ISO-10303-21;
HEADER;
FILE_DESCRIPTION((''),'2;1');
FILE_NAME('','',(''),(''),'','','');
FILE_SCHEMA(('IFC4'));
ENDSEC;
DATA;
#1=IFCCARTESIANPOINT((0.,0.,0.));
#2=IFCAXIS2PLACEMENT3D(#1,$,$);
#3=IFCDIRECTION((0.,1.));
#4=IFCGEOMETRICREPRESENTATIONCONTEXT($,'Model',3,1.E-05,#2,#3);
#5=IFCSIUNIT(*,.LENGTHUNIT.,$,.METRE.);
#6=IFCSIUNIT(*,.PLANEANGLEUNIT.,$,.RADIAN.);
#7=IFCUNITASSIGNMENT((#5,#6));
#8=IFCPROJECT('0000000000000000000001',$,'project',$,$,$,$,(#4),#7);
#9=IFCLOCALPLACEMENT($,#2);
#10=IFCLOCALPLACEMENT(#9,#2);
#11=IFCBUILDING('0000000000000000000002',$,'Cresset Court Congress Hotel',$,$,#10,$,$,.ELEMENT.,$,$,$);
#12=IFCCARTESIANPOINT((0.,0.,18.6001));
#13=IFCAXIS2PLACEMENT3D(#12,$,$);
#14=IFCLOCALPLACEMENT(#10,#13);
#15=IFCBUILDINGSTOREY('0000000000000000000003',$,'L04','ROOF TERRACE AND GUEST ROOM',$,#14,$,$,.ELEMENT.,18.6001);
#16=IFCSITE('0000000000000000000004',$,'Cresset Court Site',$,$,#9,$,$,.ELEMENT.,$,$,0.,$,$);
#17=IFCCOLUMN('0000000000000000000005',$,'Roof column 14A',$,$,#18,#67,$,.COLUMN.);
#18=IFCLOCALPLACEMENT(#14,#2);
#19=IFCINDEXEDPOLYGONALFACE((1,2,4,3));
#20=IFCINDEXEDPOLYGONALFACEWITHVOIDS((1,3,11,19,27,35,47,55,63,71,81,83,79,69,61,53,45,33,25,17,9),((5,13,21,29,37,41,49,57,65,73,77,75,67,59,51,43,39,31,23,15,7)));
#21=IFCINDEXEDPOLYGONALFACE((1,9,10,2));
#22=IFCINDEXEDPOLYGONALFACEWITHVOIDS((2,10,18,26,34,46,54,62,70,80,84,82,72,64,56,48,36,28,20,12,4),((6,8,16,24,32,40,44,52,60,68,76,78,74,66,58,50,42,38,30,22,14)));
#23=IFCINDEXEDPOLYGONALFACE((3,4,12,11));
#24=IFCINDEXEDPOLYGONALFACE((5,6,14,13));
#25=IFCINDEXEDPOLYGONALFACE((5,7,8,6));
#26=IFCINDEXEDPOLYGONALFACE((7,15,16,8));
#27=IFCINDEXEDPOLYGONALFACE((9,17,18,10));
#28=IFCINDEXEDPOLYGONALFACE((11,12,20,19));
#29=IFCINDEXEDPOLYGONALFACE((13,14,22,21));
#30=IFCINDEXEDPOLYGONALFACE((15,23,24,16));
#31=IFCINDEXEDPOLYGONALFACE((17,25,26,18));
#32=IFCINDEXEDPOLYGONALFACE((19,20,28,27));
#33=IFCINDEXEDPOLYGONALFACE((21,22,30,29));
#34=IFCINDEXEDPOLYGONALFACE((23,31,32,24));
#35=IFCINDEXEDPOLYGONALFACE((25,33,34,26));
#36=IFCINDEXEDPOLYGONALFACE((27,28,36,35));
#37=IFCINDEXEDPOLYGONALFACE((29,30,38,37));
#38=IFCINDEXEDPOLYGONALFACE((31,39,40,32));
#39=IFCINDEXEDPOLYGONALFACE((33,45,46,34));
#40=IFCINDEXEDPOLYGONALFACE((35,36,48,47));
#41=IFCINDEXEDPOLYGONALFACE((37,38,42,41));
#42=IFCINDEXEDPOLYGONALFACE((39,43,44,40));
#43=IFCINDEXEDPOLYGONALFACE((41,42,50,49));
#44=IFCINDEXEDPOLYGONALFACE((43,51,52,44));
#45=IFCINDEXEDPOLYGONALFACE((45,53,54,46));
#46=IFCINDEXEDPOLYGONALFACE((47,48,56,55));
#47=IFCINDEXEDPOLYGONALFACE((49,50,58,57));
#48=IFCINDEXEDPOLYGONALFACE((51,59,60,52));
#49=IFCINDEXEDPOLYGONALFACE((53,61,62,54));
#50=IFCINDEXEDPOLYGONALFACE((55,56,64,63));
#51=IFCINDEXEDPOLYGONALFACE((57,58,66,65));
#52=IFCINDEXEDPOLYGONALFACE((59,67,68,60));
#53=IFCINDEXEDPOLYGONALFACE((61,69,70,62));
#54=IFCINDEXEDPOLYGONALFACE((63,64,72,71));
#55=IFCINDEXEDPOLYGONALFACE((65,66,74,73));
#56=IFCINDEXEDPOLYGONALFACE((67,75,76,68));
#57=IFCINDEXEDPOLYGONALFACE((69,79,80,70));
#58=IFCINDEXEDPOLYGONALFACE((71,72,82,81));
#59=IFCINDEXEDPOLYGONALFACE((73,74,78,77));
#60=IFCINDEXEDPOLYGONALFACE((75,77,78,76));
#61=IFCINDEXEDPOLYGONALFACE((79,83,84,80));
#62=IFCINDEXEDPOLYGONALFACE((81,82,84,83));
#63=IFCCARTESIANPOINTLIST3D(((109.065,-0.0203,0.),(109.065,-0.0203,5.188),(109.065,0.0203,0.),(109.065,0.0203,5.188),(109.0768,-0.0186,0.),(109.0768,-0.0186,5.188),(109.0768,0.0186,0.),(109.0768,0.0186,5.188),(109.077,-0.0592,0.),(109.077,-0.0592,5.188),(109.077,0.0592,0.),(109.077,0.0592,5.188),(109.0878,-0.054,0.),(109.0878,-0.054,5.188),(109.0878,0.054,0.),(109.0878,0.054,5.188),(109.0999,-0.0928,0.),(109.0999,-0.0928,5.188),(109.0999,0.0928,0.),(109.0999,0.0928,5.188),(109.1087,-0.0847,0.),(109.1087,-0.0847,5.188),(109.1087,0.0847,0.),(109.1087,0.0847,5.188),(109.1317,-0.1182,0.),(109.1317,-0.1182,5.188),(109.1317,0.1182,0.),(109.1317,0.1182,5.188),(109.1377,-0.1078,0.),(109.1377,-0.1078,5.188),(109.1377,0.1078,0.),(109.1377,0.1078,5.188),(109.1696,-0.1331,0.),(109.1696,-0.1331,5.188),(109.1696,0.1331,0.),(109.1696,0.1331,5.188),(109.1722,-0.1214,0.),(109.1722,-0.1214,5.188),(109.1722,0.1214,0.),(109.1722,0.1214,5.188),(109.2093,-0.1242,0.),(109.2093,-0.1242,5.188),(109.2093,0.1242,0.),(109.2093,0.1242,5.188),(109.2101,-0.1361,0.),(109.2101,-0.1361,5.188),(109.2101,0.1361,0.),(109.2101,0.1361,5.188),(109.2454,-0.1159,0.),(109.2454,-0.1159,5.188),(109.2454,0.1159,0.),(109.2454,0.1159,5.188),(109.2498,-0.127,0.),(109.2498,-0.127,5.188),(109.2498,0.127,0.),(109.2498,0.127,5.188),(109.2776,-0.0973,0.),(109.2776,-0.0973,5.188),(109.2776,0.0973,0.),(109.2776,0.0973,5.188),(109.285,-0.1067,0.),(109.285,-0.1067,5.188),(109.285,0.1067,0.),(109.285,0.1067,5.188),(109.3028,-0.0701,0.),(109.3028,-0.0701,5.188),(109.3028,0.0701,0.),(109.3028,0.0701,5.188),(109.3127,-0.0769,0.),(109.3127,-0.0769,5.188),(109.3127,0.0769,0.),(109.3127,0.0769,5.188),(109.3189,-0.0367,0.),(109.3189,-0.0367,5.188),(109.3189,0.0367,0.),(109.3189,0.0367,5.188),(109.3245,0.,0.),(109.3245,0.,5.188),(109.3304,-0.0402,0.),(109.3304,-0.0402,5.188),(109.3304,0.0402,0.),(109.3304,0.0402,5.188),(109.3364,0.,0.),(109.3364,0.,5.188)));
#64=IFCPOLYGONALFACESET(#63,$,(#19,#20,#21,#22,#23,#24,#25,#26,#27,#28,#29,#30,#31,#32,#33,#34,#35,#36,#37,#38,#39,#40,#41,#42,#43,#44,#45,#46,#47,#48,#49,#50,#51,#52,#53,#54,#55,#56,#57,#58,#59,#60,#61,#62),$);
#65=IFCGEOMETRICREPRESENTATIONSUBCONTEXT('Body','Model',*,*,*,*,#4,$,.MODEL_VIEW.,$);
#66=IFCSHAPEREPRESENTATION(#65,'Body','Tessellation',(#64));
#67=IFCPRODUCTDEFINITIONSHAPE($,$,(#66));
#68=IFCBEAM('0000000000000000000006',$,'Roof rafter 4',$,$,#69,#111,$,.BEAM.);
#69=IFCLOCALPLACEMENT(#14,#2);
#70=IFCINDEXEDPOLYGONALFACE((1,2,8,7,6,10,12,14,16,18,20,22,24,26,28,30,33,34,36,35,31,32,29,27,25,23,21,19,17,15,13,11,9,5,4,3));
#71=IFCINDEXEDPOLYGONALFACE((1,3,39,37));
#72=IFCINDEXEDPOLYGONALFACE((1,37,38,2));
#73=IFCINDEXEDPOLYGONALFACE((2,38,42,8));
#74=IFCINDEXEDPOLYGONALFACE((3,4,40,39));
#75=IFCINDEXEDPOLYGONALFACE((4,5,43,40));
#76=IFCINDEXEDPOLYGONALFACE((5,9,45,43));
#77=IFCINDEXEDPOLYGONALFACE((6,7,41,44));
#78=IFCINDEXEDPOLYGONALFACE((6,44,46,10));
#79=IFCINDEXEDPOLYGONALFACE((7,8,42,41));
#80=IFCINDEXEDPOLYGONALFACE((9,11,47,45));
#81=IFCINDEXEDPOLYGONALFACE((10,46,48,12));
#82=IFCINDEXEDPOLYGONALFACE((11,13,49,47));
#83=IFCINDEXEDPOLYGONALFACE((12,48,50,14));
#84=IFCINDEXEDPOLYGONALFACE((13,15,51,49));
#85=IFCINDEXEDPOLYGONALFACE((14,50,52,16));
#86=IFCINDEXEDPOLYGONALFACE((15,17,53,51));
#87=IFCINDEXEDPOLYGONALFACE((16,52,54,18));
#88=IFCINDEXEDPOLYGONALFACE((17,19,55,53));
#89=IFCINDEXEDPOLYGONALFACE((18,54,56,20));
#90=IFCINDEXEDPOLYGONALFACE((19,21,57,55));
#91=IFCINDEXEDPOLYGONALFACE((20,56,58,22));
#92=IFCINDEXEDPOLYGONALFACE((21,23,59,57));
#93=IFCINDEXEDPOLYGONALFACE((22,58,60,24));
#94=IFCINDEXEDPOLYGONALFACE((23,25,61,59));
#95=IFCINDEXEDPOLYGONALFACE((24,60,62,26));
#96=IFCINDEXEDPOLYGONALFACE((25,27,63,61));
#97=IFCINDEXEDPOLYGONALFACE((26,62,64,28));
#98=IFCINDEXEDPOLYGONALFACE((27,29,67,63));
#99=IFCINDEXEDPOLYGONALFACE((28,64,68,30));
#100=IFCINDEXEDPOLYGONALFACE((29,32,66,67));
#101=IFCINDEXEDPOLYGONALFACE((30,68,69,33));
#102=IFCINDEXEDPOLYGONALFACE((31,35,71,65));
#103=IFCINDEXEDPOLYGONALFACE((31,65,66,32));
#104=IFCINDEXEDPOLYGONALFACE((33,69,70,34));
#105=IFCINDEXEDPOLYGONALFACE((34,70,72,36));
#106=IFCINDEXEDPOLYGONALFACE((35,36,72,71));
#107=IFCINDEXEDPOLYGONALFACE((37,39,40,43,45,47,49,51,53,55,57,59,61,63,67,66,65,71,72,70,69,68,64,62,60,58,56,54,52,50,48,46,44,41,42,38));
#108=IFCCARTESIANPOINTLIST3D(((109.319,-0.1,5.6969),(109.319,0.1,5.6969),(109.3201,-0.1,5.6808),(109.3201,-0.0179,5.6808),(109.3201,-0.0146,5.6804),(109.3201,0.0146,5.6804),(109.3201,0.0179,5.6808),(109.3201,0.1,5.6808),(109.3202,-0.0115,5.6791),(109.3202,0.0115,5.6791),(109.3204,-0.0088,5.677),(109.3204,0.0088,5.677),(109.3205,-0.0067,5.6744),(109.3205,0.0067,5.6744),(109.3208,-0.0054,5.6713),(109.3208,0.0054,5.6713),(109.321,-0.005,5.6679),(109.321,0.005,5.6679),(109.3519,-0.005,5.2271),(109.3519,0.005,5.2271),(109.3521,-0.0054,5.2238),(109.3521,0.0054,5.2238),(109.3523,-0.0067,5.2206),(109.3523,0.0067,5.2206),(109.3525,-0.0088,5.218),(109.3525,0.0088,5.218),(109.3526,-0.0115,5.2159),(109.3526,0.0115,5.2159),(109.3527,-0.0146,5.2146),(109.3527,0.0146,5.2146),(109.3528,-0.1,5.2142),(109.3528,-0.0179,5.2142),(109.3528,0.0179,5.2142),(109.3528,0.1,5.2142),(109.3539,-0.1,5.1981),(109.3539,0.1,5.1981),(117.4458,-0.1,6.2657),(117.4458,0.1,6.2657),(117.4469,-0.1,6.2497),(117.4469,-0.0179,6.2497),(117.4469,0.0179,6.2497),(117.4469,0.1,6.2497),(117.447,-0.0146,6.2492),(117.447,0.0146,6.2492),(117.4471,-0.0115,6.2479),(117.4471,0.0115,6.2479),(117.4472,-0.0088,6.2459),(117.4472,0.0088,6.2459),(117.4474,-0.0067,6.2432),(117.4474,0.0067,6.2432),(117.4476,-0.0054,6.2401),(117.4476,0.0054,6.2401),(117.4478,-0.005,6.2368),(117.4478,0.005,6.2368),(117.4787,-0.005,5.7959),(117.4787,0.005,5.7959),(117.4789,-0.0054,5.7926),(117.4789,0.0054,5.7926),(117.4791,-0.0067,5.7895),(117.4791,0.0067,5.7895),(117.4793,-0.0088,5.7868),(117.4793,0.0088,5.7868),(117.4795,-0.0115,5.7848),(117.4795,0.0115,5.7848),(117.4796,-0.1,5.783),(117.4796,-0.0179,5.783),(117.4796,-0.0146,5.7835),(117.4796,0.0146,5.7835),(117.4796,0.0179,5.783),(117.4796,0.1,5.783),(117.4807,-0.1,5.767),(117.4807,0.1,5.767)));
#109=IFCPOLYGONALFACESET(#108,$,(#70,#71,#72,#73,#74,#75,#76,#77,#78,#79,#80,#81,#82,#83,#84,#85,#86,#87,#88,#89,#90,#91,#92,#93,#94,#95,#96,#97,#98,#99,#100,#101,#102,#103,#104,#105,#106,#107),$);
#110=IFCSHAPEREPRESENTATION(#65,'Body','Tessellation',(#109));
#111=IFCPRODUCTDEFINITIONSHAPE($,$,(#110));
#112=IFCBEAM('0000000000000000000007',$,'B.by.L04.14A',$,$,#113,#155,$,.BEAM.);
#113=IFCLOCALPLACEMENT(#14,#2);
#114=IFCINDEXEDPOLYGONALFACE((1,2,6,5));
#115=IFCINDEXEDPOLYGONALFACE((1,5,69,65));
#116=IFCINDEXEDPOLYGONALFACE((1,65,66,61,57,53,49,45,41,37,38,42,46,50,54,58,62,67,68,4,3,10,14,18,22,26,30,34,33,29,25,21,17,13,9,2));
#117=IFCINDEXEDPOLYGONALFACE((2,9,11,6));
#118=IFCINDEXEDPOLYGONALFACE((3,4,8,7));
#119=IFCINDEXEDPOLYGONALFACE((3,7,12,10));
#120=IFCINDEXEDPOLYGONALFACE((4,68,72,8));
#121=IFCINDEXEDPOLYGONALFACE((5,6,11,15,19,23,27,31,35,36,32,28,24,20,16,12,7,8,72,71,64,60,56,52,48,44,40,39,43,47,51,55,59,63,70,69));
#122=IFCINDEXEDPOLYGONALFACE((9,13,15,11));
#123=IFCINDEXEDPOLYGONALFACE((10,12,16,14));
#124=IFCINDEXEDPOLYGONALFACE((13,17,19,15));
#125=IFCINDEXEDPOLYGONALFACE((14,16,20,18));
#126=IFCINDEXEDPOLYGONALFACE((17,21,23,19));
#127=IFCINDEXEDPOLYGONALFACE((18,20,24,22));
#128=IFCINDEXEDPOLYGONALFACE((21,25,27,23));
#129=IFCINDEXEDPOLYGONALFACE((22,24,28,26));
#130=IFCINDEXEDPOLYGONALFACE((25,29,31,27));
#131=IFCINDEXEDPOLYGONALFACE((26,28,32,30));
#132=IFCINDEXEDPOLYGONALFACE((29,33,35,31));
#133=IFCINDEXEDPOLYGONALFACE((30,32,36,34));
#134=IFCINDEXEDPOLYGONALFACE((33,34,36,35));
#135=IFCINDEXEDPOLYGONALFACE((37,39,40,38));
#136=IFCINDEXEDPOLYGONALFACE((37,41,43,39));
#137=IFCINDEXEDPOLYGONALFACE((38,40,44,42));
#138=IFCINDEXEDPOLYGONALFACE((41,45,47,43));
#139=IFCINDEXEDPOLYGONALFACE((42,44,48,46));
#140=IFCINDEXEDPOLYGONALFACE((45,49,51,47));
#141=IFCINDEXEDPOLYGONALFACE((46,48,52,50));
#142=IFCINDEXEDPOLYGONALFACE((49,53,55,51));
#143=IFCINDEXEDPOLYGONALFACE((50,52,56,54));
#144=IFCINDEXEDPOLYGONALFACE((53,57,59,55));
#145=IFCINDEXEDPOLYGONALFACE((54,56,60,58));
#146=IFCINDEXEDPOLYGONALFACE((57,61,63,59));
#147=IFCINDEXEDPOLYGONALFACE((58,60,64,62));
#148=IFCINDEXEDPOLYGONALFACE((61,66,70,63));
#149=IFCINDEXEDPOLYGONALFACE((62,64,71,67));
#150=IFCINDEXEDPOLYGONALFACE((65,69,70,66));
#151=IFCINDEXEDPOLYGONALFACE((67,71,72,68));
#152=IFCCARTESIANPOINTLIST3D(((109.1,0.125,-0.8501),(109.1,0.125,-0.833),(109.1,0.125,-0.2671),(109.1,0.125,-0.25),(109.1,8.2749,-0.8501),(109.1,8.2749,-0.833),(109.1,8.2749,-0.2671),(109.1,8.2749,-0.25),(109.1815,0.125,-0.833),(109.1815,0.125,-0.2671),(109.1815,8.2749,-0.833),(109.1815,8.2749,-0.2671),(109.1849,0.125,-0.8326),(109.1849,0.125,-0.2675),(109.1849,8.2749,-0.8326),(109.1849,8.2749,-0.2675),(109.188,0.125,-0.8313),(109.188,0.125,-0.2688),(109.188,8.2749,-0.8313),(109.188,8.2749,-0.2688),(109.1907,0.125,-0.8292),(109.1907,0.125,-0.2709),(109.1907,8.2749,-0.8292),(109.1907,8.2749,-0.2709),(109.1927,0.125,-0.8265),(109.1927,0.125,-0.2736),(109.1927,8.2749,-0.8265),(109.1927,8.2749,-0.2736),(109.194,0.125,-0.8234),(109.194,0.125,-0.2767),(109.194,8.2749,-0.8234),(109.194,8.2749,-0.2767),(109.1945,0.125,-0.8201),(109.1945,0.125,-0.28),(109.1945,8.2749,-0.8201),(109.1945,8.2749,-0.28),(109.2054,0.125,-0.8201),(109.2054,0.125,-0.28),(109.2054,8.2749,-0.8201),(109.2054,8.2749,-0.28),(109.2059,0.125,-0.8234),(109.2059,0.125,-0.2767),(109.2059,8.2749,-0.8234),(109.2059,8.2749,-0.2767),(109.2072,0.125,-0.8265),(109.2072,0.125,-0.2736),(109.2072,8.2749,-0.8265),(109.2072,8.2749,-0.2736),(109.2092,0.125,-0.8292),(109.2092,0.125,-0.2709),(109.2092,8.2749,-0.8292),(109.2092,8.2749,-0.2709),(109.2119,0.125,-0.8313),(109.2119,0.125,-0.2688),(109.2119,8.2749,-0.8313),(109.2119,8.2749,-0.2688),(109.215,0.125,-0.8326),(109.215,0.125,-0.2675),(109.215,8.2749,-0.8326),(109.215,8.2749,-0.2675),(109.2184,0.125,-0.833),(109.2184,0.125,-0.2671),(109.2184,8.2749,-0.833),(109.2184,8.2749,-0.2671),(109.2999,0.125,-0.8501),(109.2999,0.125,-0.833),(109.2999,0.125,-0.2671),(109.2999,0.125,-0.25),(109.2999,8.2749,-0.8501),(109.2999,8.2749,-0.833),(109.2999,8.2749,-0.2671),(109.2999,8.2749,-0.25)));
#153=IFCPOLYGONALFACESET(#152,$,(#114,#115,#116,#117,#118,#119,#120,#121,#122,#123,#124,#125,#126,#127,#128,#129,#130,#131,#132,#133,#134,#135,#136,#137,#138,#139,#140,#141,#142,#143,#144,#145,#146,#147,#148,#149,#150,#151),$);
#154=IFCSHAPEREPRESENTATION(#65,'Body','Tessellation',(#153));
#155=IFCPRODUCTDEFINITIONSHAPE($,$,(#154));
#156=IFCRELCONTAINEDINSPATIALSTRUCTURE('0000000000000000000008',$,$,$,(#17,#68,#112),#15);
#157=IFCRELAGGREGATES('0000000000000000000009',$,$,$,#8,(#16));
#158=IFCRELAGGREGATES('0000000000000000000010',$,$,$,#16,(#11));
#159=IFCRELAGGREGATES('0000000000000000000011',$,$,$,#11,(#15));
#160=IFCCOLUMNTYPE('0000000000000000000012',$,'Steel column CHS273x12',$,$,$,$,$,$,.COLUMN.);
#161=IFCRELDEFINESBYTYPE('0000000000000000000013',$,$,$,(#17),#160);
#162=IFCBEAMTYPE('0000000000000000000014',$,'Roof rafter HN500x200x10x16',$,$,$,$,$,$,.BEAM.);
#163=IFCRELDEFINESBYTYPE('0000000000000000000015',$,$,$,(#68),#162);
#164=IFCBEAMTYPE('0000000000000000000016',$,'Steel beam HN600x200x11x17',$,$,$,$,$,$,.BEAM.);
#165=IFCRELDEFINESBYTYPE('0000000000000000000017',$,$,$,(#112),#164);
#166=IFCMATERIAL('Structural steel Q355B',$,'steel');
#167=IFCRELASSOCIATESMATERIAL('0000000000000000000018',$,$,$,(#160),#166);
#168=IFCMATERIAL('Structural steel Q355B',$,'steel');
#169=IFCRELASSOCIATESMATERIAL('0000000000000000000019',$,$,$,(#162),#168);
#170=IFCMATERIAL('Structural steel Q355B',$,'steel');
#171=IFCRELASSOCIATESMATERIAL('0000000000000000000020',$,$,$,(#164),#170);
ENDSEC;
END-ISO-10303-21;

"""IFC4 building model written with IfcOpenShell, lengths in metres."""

from ifc_helpers import new_model, si_unit, direction, frame, origin, origin_2d, place, context, subcontext, project, spatial, hollow_circle, i_section, extrude, material, material_profile, profile_set, type_object, element, save


model = new_model("IFC4")

# Units and contexts
model_context = context("Model", 3, precision=1e-05, world=origin(), true_north=direction((0.0, 1.0)))
body_context = subcontext(model_context, "Body", "Model", "MODEL_VIEW")
ifc_project = project(units=[si_unit("LENGTHUNIT", "METRE"), si_unit("PLANEANGLEUNIT", "RADIAN")], contexts=[model_context])

# Site, building, storey
site_placement = place(None, origin())
site = spatial("IfcSite", under=ifc_project, at=site_placement, Name="Cresset Court Site", CompositionType="ELEMENT", RefElevation=0.0)
building_placement = place(site_placement, origin())
building = spatial("IfcBuilding", under=site, at=building_placement, Name="Cresset Court Congress Hotel", CompositionType="ELEMENT")
storey_placement = place(building_placement, frame((0.0, 0.0, 18.6001)))
storey = spatial("IfcBuildingStorey", under=building, at=storey_placement, Name="L04", Description="ROOF TERRACE AND GUEST ROOM", CompositionType="ELEMENT", Elevation=18.6001)

# Column
ifc_material_1 = material(Name="Structural steel Q355B", Category="steel")
ifc_material_profile_1 = material_profile(ifc_material_1, hollow_circle(Radius=0.1365, WallThickness=0.012, at=origin_2d()), Name="CHS273x12")
ifc_profile_set_1 = profile_set([ifc_material_profile_1], Name="Structural steel Q355B")
column_type = type_object("IfcColumnType", Name="Steel column CHS273x12", PredefinedType="COLUMN", material=ifc_profile_set_1)
column_placement = place(storey_placement, frame((109.2, 0.0, 0.0), z_axis=(0.0, 0.0, 1.0), x_axis=(1.0, 0.0, 0.0)))
element("IfcColumn", 1, at=column_placement, inside=storey, type_object=column_type, Name="Roof column 14A", PredefinedType="COLUMN", context=body_context, shape_type="SweptSolid", body=[
    extrude(hollow_circle(Radius=0.1365, WallThickness=0.012, at=origin_2d()), origin(), (0.0, 0.0, 1.0), 5.188),
])

# Beams
ifc_material_2 = material(Name="Structural steel Q355B", Category="steel")
ifc_material_profile_2 = material_profile(ifc_material_2, i_section(OverallWidth=0.2, OverallDepth=0.5, WebThickness=0.01, FlangeThickness=0.0161, FilletRadius=0.0129, at=origin_2d()), Name="HN500x200x10x16")
ifc_profile_set_2 = profile_set([ifc_material_profile_2], Name="Structural steel Q355B")
beam_type_1 = type_object("IfcBeamType", Name="Roof rafter HN500x200x10x16", PredefinedType="BEAM", material=ifc_profile_set_2)
beam_1_placement = place(storey_placement, frame((109.3364, 0.0, 5.4475), z_axis=(0.997559, 0.0, 0.069824), x_axis=(0.0, 1.0, 0.0)))
element("IfcBeam", 2, at=beam_1_placement, inside=storey, type_object=beam_type_1, Name="Roof rafter 4", PredefinedType="BEAM", context=body_context, shape_type="SweptSolid", body=[
    extrude(i_section(OverallWidth=0.2, OverallDepth=0.5, WebThickness=0.01, FlangeThickness=0.0161, FilletRadius=0.0129, at=origin_2d()), origin(), (0.0, 0.0, 1.0), 8.1467),
])
ifc_material_3 = material(Name="Structural steel Q355B", Category="steel")
ifc_material_profile_3 = material_profile(ifc_material_3, i_section(OverallWidth=0.2, OverallDepth=0.6001, WebThickness=0.011, FlangeThickness=0.0171, FilletRadius=0.0129, at=origin_2d()), Name="HN600x200x11x17")
ifc_profile_set_3 = profile_set([ifc_material_profile_3], Name="Structural steel Q355B")
beam_type_2 = type_object("IfcBeamType", Name="Steel beam HN600x200x11x17", PredefinedType="BEAM", material=ifc_profile_set_3)
beam_2_placement = place(storey_placement, frame((109.2, 0.125, -0.55), z_axis=(0.0, 1.0, 0.0), x_axis=(-1.0, 0.0, 0.0)))
element("IfcBeam", 3, at=beam_2_placement, inside=storey, type_object=beam_type_2, Name="B.by.L04.14A", PredefinedType="BEAM", context=body_context, shape_type="SweptSolid", body=[
    extrude(i_section(OverallWidth=0.2, OverallDepth=0.6001, WebThickness=0.011, FlangeThickness=0.0171, FilletRadius=0.0129, at=origin_2d()), origin(), (0.0, 0.0, 1.0), 8.1499),
])

save(model, "model.ifc")
